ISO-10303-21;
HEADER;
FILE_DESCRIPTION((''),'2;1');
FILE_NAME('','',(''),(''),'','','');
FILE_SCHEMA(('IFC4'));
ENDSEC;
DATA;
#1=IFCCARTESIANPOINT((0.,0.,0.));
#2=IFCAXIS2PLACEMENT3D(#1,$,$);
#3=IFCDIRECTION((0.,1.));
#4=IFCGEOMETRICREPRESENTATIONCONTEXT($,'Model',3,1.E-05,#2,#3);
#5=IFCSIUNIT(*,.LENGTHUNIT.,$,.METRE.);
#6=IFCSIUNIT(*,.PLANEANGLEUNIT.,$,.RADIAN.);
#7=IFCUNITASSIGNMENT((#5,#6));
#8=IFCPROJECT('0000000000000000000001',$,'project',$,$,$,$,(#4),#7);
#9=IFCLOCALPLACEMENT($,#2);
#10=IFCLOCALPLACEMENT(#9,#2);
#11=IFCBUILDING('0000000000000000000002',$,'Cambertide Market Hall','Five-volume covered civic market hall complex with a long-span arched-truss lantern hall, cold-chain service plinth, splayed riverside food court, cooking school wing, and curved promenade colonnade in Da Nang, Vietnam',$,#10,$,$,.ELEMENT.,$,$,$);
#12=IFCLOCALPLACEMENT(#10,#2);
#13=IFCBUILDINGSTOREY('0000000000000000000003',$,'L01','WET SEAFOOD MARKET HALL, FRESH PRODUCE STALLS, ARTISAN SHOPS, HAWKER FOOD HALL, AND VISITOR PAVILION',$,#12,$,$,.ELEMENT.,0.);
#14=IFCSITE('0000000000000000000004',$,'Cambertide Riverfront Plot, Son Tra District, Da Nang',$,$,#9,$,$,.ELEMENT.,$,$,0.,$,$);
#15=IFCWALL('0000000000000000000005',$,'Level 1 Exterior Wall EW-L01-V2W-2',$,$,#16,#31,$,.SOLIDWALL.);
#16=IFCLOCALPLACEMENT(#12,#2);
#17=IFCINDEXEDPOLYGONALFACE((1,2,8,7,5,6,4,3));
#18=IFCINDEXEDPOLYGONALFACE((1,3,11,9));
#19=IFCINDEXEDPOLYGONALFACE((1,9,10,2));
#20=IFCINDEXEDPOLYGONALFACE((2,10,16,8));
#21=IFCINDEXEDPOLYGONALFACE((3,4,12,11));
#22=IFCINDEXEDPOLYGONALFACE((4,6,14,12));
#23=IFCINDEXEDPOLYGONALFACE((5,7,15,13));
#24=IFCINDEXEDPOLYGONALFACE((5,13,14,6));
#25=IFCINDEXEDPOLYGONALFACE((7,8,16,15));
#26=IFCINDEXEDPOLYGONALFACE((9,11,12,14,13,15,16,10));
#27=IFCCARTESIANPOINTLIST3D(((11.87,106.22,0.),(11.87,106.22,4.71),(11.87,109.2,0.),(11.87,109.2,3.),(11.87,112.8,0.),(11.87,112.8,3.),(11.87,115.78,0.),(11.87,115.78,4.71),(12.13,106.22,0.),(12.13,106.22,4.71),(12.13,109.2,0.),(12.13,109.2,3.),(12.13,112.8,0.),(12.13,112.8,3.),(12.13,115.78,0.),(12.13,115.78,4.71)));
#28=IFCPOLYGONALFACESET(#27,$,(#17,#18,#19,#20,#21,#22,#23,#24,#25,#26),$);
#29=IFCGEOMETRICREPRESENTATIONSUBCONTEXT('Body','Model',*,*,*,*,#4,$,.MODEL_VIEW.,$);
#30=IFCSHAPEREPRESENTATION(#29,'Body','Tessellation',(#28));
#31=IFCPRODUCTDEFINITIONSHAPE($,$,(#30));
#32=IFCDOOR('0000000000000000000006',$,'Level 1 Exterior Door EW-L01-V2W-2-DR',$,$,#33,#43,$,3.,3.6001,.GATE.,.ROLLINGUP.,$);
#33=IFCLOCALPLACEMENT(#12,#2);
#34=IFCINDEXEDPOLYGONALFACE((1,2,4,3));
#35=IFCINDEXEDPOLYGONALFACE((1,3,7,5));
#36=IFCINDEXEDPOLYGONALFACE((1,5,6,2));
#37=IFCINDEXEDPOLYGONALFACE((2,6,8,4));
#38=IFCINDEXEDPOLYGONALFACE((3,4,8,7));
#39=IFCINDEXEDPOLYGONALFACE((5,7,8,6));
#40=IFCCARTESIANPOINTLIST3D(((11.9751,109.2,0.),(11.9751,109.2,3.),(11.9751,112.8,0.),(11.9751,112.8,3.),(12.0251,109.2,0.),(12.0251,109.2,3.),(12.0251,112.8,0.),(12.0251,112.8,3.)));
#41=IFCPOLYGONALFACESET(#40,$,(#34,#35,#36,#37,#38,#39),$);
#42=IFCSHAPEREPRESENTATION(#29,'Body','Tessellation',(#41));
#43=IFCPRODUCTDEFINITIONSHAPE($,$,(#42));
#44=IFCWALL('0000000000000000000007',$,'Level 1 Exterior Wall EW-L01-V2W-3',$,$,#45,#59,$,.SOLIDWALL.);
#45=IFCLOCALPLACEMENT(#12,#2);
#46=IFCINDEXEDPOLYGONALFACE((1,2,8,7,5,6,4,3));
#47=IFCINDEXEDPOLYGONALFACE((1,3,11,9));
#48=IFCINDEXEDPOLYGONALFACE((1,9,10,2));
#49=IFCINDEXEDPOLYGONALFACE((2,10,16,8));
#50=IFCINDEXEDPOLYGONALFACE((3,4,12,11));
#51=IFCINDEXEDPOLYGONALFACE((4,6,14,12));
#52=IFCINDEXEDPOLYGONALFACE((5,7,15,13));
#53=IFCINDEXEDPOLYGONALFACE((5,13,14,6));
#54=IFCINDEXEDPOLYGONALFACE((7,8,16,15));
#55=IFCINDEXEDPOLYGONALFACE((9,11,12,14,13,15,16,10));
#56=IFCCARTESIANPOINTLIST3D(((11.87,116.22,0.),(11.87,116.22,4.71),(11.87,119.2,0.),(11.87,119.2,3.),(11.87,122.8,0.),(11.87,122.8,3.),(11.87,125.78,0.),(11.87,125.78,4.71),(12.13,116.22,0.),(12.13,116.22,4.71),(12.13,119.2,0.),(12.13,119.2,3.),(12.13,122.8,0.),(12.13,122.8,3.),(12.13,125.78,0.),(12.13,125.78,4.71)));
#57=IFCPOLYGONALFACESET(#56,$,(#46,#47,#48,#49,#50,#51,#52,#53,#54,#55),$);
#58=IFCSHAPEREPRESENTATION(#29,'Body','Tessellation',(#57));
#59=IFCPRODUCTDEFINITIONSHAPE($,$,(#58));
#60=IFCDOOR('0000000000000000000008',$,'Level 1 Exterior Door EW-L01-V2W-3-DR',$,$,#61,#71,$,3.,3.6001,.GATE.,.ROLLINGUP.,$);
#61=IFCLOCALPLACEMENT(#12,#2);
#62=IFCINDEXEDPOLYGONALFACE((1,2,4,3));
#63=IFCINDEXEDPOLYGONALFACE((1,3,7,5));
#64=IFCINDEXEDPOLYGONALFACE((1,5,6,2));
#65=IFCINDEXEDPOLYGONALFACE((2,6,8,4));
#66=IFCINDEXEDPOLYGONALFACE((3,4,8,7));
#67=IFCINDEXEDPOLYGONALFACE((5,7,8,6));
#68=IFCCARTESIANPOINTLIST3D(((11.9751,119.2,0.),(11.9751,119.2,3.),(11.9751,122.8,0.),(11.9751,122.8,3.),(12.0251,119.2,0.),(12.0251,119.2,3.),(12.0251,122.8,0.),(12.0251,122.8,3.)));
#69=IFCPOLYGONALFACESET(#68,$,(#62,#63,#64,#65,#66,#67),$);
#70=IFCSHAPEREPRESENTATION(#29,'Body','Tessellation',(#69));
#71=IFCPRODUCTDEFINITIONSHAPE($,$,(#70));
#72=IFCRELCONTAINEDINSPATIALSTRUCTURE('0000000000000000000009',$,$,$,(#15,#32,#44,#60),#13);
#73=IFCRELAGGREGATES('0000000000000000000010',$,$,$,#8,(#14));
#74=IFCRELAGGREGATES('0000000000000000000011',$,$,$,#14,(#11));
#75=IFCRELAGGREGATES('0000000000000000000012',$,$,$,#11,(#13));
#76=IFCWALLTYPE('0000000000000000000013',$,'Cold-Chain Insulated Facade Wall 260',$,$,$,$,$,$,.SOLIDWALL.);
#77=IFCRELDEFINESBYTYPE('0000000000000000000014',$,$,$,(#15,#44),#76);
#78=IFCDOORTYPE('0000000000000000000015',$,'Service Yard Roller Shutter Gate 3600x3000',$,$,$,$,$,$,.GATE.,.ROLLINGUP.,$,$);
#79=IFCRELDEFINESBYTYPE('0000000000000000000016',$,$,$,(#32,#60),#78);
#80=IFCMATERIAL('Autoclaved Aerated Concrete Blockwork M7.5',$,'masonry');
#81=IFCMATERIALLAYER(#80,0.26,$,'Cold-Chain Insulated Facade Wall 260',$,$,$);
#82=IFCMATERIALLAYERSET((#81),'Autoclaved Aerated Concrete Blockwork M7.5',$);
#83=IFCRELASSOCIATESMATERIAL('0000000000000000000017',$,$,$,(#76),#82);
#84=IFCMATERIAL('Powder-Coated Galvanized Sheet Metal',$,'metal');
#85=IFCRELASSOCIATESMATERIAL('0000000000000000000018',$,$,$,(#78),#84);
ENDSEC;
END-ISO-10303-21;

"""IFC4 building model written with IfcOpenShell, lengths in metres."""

from ifc_helpers import new_model, si_unit, direction, frame, frame_2d, origin, place, context, subcontext, project, spatial, rectangle, extrude, material, layer, layer_set, type_object, element, fill, save


model = new_model("IFC4")

# Units and contexts
model_context = context("Model", 3, precision=1e-05, world=origin(), true_north=direction((0.0, 1.0)))
body_context = subcontext(model_context, "Body", "Model", "MODEL_VIEW")
ifc_project = project(units=[si_unit("LENGTHUNIT", "METRE"), si_unit("PLANEANGLEUNIT", "RADIAN")], contexts=[model_context])

# Site, building, storey
site_placement = place(None, origin())
site = spatial("IfcSite", under=ifc_project, at=site_placement, Name="Cambertide Riverfront Plot, Son Tra District, Da Nang", CompositionType="ELEMENT", RefElevation=0.0)
building_placement = place(site_placement, origin())
building = spatial("IfcBuilding", under=site, at=building_placement, Name="Cambertide Market Hall", Description="Five-volume covered civic market hall complex with a long-span arched-truss lantern hall, cold-chain service plinth, splayed riverside food court, cooking school wing, and curved promenade colonnade in Da Nang, Vietnam", CompositionType="ELEMENT")
storey_placement = place(building_placement, origin())
storey = spatial("IfcBuildingStorey", under=building, at=storey_placement, Name="L01", Description="WET SEAFOOD MARKET HALL, FRESH PRODUCE STALLS, ARTISAN SHOPS, HAWKER FOOD HALL, AND VISITOR PAVILION", CompositionType="ELEMENT", Elevation=0.0)

# Walls, openings, doors
ifc_material_1 = material(Name="Autoclaved Aerated Concrete Blockwork M7.5", Category="masonry")
ifc_layer = layer(ifc_material_1, 0.26, Name="Cold-Chain Insulated Facade Wall 260")
ifc_layer_set = layer_set([ifc_layer], Name="Autoclaved Aerated Concrete Blockwork M7.5")
wall_type = type_object("IfcWallType", Name="Cold-Chain Insulated Facade Wall 260", PredefinedType="SOLIDWALL", material=ifc_layer_set)
wall_1_placement = place(storey_placement, frame((12.0, 106.22, 0.0), z_axis=(0.0, 0.0, 1.0), x_axis=(0.0, 1.0, 0.0)))
wall_1 = element("IfcWall", 1, at=wall_1_placement, inside=storey, type_object=wall_type, Name="Level 1 Exterior Wall EW-L01-V2W-2", PredefinedType="SOLIDWALL", context=body_context, shape_type="SweptSolid", body=[
    extrude(rectangle(XDim=9.5601, YDim=0.26, at=frame_2d((4.78, 0.0))), origin(), (0.0, 0.0, 1.0), 4.71),
])
opening_1_placement = place(wall_1_placement, frame((2.98, 0.0, 0.0)))
opening_1 = element("IfcOpeningElement", 2, at=opening_1_placement, cuts=wall_1, PredefinedType="OPENING", context=body_context, shape_type="SweptSolid", body=[
    extrude(rectangle(XDim=3.6001, YDim=3.0, at=frame_2d((1.8, 1.5))), frame((0.0, 0.1399, 0.0), z_axis=(0.0, -1.0, 0.0), x_axis=(1.0, 0.0, 0.0)), (0.0, 0.0, 1.0), 0.28),
])
ifc_material_2 = material(Name="Powder-Coated Galvanized Sheet Metal", Category="metal")
door_type_1 = type_object("IfcDoorType", Name="Service Yard Roller Shutter Gate 3600x3000", OperationType="ROLLINGUP", PredefinedType="GATE", material=ifc_material_2)
door_1_placement = place(opening_1_placement, origin())
door_1 = element("IfcDoor", 3, at=door_1_placement, inside=storey, type_object=door_type_1, Name="Level 1 Exterior Door EW-L01-V2W-2-DR", OperationType="ROLLINGUP", OverallHeight=3.0, OverallWidth=3.6001, PredefinedType="GATE", context=body_context, shape_type="SweptSolid", body=[
    extrude(rectangle(XDim=3.6001, YDim=3.0, at=frame_2d((1.8, 1.5))), frame((0.0, 0.0249, 0.0), z_axis=(0.0, -1.0, 0.0), x_axis=(1.0, 0.0, 0.0)), (0.0, 0.0, 1.0), 0.05),
])
fill(opening_1, door_1)
wall_2_placement = place(storey_placement, frame((12.0, 116.22, 0.0), z_axis=(0.0, 0.0, 1.0), x_axis=(0.0, 1.0, 0.0)))
wall_2 = element("IfcWall", 4, at=wall_2_placement, inside=storey, type_object=wall_type, Name="Level 1 Exterior Wall EW-L01-V2W-3", PredefinedType="SOLIDWALL", context=body_context, shape_type="SweptSolid", body=[
    extrude(rectangle(XDim=9.5601, YDim=0.26, at=frame_2d((4.78, 0.0))), origin(), (0.0, 0.0, 1.0), 4.71),
])
opening_2_placement = place(wall_2_placement, frame((2.98, 0.0, 0.0)))
opening_2 = element("IfcOpeningElement", 5, at=opening_2_placement, cuts=wall_2, PredefinedType="OPENING", context=body_context, shape_type="SweptSolid", body=[
    extrude(rectangle(XDim=3.6001, YDim=3.0, at=frame_2d((1.8, 1.5))), frame((0.0, 0.1399, 0.0), z_axis=(0.0, -1.0, 0.0), x_axis=(1.0, 0.0, 0.0)), (0.0, 0.0, 1.0), 0.28),
])
door_2_placement = place(opening_2_placement, origin())
door_2 = element("IfcDoor", 6, at=door_2_placement, inside=storey, type_object=door_type_1, Name="Level 1 Exterior Door EW-L01-V2W-3-DR", OperationType="ROLLINGUP", OverallHeight=3.0, OverallWidth=3.6001, PredefinedType="GATE", context=body_context, shape_type="SweptSolid", body=[
    extrude(rectangle(XDim=3.6001, YDim=3.0, at=frame_2d((1.8, 1.5))), frame((0.0, 0.0249, 0.0), z_axis=(0.0, -1.0, 0.0), x_axis=(1.0, 0.0, 0.0)), (0.0, 0.0, 1.0), 0.05),
])
fill(opening_2, door_2)

save(model, "model.ifc")
